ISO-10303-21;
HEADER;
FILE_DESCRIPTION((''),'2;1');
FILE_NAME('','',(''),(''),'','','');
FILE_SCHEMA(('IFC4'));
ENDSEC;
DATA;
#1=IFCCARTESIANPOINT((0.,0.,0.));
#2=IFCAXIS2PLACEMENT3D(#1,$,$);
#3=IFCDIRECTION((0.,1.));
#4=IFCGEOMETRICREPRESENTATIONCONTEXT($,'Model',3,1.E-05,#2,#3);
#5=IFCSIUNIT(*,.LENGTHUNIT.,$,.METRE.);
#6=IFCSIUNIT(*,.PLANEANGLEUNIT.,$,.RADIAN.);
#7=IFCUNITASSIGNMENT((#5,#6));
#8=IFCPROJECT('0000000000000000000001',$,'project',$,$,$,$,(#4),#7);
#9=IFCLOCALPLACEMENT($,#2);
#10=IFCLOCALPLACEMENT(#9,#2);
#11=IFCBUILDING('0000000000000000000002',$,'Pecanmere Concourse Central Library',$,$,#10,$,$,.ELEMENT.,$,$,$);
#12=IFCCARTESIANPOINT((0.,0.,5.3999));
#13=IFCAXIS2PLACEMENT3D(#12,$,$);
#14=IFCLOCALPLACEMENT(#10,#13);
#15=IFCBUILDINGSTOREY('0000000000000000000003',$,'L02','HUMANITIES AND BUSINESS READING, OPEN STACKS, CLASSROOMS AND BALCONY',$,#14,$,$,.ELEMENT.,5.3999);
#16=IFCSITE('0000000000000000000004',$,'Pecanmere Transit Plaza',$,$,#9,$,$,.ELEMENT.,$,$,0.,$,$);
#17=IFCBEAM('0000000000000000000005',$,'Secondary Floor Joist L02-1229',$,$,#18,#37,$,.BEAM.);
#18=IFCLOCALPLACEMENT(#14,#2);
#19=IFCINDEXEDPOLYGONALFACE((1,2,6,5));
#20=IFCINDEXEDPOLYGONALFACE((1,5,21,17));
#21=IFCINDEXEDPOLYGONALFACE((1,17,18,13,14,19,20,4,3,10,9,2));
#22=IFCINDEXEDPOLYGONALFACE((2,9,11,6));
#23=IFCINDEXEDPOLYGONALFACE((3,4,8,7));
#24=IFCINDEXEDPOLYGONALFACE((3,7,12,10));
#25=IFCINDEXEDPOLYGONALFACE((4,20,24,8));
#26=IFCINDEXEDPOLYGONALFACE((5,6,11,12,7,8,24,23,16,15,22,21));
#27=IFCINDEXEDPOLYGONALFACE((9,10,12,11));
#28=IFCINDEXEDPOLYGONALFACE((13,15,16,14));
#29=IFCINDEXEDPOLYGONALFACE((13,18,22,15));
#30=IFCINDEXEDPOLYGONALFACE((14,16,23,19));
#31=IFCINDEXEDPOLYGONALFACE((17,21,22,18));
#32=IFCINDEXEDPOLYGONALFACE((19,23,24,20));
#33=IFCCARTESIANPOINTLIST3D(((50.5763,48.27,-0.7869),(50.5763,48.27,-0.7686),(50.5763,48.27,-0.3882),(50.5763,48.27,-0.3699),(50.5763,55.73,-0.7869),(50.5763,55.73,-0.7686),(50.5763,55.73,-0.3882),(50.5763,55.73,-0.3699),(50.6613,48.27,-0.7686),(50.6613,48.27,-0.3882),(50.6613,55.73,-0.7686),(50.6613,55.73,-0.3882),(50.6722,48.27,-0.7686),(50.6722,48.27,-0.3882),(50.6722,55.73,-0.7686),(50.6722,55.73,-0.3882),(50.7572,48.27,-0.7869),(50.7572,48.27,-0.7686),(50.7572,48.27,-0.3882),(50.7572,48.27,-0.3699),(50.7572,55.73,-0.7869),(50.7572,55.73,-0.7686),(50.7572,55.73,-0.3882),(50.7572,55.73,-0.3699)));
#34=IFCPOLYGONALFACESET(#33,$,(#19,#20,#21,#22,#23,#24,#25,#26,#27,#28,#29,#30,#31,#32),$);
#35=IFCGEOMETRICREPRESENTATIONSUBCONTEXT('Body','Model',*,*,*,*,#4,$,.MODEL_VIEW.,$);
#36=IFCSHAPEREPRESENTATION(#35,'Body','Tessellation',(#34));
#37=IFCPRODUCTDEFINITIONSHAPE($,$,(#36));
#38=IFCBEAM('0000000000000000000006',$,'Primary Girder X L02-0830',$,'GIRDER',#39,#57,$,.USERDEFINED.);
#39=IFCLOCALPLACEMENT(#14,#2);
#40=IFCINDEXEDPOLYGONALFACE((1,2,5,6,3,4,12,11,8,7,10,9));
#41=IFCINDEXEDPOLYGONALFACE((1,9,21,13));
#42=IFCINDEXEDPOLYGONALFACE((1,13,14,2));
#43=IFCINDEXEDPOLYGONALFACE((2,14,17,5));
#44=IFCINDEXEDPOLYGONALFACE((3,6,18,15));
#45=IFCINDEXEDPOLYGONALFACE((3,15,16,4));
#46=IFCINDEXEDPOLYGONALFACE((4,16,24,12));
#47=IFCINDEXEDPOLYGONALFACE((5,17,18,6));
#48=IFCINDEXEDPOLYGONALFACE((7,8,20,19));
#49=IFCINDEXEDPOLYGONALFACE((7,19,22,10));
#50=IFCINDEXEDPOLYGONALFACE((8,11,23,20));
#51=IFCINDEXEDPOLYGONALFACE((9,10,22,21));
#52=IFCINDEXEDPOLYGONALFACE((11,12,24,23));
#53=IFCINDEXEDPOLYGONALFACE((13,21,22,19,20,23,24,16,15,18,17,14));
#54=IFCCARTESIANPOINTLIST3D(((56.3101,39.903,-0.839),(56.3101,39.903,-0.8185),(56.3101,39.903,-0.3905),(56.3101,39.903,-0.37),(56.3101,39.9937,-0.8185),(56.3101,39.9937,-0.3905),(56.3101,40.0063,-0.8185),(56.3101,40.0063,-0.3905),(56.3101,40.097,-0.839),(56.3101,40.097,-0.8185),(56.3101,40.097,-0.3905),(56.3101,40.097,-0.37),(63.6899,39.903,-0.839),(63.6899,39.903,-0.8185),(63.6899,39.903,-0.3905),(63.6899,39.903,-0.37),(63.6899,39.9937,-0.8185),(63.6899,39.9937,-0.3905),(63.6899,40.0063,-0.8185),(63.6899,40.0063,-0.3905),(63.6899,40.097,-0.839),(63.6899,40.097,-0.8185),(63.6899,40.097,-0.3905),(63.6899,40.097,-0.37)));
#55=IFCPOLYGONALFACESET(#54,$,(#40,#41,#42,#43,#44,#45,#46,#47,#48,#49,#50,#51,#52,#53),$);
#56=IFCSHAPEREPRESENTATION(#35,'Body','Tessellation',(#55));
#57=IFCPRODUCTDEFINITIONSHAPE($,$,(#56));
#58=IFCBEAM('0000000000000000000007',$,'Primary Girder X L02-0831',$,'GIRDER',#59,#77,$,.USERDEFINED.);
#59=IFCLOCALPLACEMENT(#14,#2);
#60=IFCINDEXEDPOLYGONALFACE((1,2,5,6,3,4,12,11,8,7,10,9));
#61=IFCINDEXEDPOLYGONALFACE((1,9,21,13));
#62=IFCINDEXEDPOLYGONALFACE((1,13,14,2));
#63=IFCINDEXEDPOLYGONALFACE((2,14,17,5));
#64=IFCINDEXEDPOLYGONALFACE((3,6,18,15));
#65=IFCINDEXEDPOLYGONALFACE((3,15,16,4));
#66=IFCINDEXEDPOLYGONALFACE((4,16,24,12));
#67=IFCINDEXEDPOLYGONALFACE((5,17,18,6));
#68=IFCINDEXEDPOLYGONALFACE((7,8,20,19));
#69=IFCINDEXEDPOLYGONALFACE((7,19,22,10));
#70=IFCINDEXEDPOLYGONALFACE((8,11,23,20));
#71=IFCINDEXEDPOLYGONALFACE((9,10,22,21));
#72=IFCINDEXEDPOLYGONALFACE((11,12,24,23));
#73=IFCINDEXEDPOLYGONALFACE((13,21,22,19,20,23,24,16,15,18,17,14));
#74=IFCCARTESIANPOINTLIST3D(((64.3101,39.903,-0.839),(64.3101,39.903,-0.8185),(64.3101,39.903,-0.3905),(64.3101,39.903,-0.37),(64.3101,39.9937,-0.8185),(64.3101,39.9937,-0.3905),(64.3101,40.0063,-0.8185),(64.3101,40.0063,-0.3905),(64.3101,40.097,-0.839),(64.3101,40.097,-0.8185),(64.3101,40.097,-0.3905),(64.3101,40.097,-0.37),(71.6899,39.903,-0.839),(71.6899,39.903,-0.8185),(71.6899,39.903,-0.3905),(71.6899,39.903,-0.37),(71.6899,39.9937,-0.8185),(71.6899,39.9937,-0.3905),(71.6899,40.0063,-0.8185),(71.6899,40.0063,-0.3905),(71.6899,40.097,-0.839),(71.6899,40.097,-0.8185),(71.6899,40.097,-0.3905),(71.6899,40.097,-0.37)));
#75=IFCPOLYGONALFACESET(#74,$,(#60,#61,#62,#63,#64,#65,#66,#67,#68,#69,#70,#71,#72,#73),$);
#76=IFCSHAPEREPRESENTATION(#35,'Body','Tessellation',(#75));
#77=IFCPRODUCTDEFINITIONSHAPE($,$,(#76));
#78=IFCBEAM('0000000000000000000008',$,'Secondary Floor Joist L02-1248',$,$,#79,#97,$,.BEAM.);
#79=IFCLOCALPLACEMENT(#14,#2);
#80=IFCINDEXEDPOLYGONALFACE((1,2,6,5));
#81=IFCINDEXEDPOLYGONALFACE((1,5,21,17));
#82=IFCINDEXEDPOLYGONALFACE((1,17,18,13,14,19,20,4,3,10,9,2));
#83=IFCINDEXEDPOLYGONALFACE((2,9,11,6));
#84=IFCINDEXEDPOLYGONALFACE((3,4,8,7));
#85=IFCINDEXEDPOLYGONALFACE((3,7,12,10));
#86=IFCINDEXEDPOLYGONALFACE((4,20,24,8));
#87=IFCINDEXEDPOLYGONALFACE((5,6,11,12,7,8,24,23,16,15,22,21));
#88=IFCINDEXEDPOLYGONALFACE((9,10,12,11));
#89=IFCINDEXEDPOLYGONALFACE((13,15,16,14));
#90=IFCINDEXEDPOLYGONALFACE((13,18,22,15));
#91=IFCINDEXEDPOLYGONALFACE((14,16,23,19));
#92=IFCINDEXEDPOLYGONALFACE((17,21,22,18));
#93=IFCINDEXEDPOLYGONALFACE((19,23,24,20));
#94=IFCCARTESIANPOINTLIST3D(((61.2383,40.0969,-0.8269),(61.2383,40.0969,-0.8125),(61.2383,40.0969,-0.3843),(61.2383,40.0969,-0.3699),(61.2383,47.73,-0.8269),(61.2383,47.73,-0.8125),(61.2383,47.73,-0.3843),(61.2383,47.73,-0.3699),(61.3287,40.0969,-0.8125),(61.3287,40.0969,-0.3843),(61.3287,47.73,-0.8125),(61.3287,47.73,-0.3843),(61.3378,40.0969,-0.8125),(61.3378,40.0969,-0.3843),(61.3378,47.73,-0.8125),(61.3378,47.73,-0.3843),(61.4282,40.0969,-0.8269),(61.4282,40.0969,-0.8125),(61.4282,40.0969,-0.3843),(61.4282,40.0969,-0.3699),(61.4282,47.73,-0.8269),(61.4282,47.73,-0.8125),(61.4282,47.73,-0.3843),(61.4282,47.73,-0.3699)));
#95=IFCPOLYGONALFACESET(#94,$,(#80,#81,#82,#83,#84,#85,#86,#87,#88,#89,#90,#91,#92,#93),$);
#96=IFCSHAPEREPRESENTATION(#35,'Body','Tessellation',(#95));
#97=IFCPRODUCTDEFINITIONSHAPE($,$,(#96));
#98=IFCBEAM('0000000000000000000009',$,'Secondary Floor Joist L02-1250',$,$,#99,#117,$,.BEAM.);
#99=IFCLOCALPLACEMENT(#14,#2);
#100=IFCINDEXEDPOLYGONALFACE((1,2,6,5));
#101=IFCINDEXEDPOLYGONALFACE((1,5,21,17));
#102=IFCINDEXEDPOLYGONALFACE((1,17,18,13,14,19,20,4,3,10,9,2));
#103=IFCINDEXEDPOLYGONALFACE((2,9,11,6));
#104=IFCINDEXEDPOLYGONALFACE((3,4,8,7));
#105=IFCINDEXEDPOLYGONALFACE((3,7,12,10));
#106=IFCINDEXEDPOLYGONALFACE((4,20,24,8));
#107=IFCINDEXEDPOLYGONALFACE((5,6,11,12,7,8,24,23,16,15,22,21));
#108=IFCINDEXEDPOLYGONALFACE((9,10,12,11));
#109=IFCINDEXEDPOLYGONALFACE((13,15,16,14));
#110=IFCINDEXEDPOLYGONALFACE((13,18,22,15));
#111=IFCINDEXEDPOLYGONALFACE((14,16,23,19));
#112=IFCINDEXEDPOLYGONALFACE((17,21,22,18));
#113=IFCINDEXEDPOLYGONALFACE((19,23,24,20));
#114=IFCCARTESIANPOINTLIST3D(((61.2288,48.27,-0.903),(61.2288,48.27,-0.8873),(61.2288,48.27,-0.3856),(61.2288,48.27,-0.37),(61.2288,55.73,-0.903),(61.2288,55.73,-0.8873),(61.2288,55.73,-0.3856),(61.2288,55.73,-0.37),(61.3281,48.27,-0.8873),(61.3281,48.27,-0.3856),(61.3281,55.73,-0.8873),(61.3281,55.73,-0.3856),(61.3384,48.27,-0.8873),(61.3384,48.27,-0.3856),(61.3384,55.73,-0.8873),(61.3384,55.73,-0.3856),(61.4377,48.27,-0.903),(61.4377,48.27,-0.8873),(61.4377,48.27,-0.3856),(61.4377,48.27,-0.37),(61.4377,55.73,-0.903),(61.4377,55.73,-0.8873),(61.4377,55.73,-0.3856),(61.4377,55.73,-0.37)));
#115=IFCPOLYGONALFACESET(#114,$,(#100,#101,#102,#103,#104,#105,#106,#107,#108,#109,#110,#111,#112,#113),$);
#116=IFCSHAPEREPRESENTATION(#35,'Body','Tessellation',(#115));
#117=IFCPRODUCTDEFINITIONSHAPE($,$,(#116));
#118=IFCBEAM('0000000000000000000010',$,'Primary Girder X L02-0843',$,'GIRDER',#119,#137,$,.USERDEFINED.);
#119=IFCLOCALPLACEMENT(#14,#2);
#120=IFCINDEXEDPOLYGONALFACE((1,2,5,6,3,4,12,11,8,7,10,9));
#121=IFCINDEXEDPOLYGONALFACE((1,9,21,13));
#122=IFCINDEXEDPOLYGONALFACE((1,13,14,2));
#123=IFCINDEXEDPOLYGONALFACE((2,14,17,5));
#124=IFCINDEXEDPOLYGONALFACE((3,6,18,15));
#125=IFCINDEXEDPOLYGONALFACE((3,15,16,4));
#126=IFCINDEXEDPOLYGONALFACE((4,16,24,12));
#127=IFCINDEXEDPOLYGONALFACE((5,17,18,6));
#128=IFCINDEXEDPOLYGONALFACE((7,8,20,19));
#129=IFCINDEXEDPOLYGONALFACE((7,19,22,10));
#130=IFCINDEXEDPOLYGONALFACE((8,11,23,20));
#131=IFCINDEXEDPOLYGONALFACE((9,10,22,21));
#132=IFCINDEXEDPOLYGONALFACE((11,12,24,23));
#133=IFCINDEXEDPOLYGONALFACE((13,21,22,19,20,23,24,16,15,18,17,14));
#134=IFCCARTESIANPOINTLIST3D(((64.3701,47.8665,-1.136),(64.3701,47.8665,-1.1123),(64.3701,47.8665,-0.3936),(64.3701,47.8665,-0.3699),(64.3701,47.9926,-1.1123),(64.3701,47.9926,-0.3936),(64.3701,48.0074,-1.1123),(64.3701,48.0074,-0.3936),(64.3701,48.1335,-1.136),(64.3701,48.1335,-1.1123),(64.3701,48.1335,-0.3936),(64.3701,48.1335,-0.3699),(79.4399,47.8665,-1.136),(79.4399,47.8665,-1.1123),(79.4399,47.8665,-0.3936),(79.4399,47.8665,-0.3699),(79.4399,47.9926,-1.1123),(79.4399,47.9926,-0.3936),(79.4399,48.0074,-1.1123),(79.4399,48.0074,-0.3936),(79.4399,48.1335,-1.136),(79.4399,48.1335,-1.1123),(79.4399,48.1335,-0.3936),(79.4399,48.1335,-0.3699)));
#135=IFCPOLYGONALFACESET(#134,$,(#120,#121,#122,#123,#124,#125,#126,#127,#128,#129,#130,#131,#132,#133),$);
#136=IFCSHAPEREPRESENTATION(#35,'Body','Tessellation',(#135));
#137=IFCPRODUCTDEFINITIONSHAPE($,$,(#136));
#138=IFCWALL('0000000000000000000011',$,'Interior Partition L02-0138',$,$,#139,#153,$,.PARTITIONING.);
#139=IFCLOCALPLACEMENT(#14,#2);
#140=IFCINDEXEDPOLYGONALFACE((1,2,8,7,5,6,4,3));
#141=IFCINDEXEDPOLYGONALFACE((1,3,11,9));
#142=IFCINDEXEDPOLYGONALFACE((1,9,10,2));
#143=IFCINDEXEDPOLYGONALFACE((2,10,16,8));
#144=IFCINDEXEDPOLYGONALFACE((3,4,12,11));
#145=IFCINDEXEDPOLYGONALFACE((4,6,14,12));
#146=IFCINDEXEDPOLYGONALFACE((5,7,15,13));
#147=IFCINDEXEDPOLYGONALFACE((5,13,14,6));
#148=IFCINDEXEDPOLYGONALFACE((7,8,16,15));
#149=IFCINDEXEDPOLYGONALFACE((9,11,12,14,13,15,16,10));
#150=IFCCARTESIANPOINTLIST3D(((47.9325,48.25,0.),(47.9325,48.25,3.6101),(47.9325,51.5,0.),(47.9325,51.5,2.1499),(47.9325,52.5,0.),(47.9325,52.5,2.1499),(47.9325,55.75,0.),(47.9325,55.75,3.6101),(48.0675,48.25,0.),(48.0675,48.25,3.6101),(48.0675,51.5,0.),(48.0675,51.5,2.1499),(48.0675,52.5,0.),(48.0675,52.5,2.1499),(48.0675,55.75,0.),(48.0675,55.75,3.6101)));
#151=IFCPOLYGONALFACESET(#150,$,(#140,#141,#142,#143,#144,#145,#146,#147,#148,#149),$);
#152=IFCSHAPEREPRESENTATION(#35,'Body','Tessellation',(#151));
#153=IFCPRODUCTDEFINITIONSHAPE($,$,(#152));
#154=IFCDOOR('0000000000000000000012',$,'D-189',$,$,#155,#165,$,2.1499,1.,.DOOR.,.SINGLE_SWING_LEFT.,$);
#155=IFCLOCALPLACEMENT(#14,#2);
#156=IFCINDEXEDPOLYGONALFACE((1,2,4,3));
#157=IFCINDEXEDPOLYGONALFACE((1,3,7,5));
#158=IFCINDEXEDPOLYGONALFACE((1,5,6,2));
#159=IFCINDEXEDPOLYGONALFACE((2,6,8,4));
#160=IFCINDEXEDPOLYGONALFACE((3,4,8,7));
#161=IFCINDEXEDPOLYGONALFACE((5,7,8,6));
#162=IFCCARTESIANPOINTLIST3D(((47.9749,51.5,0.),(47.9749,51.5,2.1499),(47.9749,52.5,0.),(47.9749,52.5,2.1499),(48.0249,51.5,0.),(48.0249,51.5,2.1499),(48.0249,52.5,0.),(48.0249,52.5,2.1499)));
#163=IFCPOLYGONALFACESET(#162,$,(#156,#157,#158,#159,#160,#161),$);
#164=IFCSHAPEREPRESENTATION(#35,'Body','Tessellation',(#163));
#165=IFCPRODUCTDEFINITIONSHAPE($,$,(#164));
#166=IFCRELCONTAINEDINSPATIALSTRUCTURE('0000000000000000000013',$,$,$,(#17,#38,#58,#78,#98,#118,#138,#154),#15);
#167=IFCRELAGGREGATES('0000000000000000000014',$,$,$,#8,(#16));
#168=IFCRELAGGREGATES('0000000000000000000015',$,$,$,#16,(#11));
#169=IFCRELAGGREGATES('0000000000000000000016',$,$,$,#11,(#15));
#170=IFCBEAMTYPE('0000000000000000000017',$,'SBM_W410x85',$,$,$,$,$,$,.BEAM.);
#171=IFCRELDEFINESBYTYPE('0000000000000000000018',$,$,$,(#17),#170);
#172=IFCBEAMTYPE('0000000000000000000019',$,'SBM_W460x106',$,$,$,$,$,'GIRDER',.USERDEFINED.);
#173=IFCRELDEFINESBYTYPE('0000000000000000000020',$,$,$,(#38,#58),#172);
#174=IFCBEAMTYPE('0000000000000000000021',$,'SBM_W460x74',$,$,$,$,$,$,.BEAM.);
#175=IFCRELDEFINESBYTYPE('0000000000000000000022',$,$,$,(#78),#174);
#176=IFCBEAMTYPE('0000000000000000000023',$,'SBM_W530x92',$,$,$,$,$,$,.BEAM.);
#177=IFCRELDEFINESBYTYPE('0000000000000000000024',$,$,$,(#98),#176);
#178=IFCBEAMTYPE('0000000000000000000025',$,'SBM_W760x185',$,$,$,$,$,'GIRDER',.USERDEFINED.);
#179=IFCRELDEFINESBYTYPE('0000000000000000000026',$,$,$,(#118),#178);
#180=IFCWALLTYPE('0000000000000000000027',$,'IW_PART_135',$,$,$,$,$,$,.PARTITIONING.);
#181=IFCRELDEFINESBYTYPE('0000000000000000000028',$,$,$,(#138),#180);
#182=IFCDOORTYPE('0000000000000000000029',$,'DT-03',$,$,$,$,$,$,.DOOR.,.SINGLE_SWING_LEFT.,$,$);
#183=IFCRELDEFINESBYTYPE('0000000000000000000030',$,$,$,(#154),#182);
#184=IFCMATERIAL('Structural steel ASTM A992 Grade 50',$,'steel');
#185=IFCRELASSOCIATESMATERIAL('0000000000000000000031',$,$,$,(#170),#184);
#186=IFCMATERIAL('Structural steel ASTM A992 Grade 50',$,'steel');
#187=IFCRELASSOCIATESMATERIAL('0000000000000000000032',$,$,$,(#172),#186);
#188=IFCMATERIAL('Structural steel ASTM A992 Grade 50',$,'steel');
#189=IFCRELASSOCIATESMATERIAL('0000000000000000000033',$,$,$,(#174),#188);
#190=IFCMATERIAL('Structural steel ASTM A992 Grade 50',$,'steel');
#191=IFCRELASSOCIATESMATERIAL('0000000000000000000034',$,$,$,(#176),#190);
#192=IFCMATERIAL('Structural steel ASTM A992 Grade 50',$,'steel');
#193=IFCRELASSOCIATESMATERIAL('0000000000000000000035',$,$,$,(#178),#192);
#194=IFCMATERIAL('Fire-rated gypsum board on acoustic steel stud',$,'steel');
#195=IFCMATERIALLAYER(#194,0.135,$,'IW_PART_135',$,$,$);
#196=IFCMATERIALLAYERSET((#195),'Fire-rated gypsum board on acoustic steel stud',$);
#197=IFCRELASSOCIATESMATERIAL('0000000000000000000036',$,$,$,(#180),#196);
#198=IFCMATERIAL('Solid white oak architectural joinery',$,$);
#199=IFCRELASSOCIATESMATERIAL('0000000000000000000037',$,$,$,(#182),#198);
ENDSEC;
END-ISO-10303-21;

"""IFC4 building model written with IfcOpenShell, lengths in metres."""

from ifc_helpers import new_model, si_unit, direction, frame, frame_2d, origin, origin_2d, place, context, subcontext, project, spatial, rectangle, i_section, extrude, material, layer, layer_set, material_profile, profile_set, type_object, element, fill, save


model = new_model("IFC4")

# Units and contexts
model_context = context("Model", 3, precision=1e-05, world=origin(), true_north=direction((0.0, 1.0)))
body_context = subcontext(model_context, "Body", "Model", "MODEL_VIEW")
ifc_project = project(units=[si_unit("LENGTHUNIT", "METRE"), si_unit("PLANEANGLEUNIT", "RADIAN")], contexts=[model_context])

# Site, building, storey
site_placement = place(None, origin())
site = spatial("IfcSite", under=ifc_project, at=site_placement, Name="Pecanmere Transit Plaza", CompositionType="ELEMENT", RefElevation=0.0)
building_placement = place(site_placement, origin())
building = spatial("IfcBuilding", under=site, at=building_placement, Name="Pecanmere Concourse Central Library", CompositionType="ELEMENT")
storey_placement = place(building_placement, frame((0.0, 0.0, 5.3999)))
storey = spatial("IfcBuildingStorey", under=building, at=storey_placement, Name="L02", Description="HUMANITIES AND BUSINESS READING, OPEN STACKS, CLASSROOMS AND BALCONY", CompositionType="ELEMENT", Elevation=5.3999)

# Beams
ifc_material_1 = material(Name="Structural steel ASTM A992 Grade 50", Category="steel")
ifc_material_profile_1 = material_profile(ifc_material_1, i_section(OverallWidth=0.1809, OverallDepth=0.417, WebThickness=0.011, FlangeThickness=0.0183, at=origin_2d()), Name="W410x85")
ifc_profile_set_1 = profile_set([ifc_material_profile_1], Name="Structural steel ASTM A992 Grade 50")
beam_type_1 = type_object("IfcBeamType", Name="SBM_W410x85", PredefinedType="BEAM", material=ifc_profile_set_1)
beam_1_placement = place(storey_placement, frame((50.6667, 48.27, -0.5784), z_axis=(0.0, 1.0, 0.0), x_axis=(-1.0, 0.0, 0.0)))
element("IfcBeam", 1, at=beam_1_placement, inside=storey, type_object=beam_type_1, Name="Secondary Floor Joist L02-1229", PredefinedType="BEAM", context=body_context, shape_type="SweptSolid", body=[
    extrude(i_section(OverallWidth=0.1809, OverallDepth=0.417, WebThickness=0.011, FlangeThickness=0.0183, at=origin_2d()), origin(), (0.0, 0.0, 1.0), 7.46),
])
ifc_material_2 = material(Name="Structural steel ASTM A992 Grade 50", Category="steel")
ifc_material_profile_2 = material_profile(ifc_material_2, i_section(OverallWidth=0.1941, OverallDepth=0.469, WebThickness=0.0127, FlangeThickness=0.0205, at=origin_2d()), Name="W460x106")
ifc_profile_set_2 = profile_set([ifc_material_profile_2], Name="Structural steel ASTM A992 Grade 50")
beam_type_2 = type_object("IfcBeamType", Name="SBM_W460x106", ElementType="GIRDER", PredefinedType="USERDEFINED", material=ifc_profile_set_2)
for number, where, z_axis, x_axis, name in (
    (2, (56.3101, 40.0, -0.6045), (1.0, 0.0, 0.0), (0.0, 1.0, 0.0), "Primary Girder X L02-0830"),
    (3, (64.3101, 40.0, -0.6045), (1.0, 0.0, 0.0), (0.0, 1.0, 0.0), "Primary Girder X L02-0831"),
):
    element("IfcBeam", number, at=place(storey_placement, frame(where, z_axis=z_axis, x_axis=x_axis)), inside=storey, type_object=beam_type_2, Name=name, ObjectType="GIRDER", PredefinedType="USERDEFINED", context=body_context, shape_type="SweptSolid", body=[
        extrude(i_section(OverallWidth=0.1941, OverallDepth=0.469, WebThickness=0.0127, FlangeThickness=0.0205, at=origin_2d()), origin(), (0.0, 0.0, 1.0), 7.3799),
    ])
ifc_material_3 = material(Name="Structural steel ASTM A992 Grade 50", Category="steel")
ifc_material_profile_3 = material_profile(ifc_material_3, i_section(OverallWidth=0.1899, OverallDepth=0.457, WebThickness=0.009, FlangeThickness=0.0144, at=origin_2d()), Name="W460x74")
ifc_profile_set_3 = profile_set([ifc_material_profile_3], Name="Structural steel ASTM A992 Grade 50")
beam_type_3 = type_object("IfcBeamType", Name="SBM_W460x74", PredefinedType="BEAM", material=ifc_profile_set_3)
beam_2_placement = place(storey_placement, frame((61.3333, 40.0969, -0.5984), z_axis=(0.0, 1.0, 0.0), x_axis=(-1.0, 0.0, 0.0)))
element("IfcBeam", 4, at=beam_2_placement, inside=storey, type_object=beam_type_3, Name="Secondary Floor Joist L02-1248", PredefinedType="BEAM", context=body_context, shape_type="SweptSolid", body=[
    extrude(i_section(OverallWidth=0.1899, OverallDepth=0.457, WebThickness=0.009, FlangeThickness=0.0144, at=origin_2d()), origin(), (0.0, 0.0, 1.0), 7.6331),
])
ifc_material_4 = material(Name="Structural steel ASTM A992 Grade 50", Category="steel")
ifc_material_profile_4 = material_profile(ifc_material_4, i_section(OverallWidth=0.209, OverallDepth=0.533, WebThickness=0.0103, FlangeThickness=0.0156, at=origin_2d()), Name="W530x92")
ifc_profile_set_4 = profile_set([ifc_material_profile_4], Name="Structural steel ASTM A992 Grade 50")
beam_type_4 = type_object("IfcBeamType", Name="SBM_W530x92", PredefinedType="BEAM", material=ifc_profile_set_4)
beam_3_placement = place(storey_placement, frame((61.3333, 48.27, -0.6365), z_axis=(0.0, 1.0, 0.0), x_axis=(-1.0, 0.0, 0.0)))
element("IfcBeam", 5, at=beam_3_placement, inside=storey, type_object=beam_type_4, Name="Secondary Floor Joist L02-1250", PredefinedType="BEAM", context=body_context, shape_type="SweptSolid", body=[
    extrude(i_section(OverallWidth=0.209, OverallDepth=0.533, WebThickness=0.0103, FlangeThickness=0.0156, at=origin_2d()), origin(), (0.0, 0.0, 1.0), 7.46),
])
ifc_material_5 = material(Name="Structural steel ASTM A992 Grade 50", Category="steel")
ifc_material_profile_5 = material_profile(ifc_material_5, i_section(OverallWidth=0.2671, OverallDepth=0.7661, WebThickness=0.0149, FlangeThickness=0.0237, at=origin_2d()), Name="W760x185")
ifc_profile_set_5 = profile_set([ifc_material_profile_5], Name="Structural steel ASTM A992 Grade 50")
beam_type_5 = type_object("IfcBeamType", Name="SBM_W760x185", ElementType="GIRDER", PredefinedType="USERDEFINED", material=ifc_profile_set_5)
beam_4_placement = place(storey_placement, frame((64.3701, 48.0, -0.7529), z_axis=(1.0, 0.0, 0.0), x_axis=(0.0, 1.0, 0.0)))
element("IfcBeam", 6, at=beam_4_placement, inside=storey, type_object=beam_type_5, Name="Primary Girder X L02-0843", ObjectType="GIRDER", PredefinedType="USERDEFINED", context=body_context, shape_type="SweptSolid", body=[
    extrude(i_section(OverallWidth=0.2671, OverallDepth=0.7661, WebThickness=0.0149, FlangeThickness=0.0237, at=origin_2d()), origin(), (0.0, 0.0, 1.0), 15.0698),
])

# Wall, opening, door
ifc_material_6 = material(Name="Fire-rated gypsum board on acoustic steel stud", Category="steel")
ifc_layer = layer(ifc_material_6, 0.135, Name="IW_PART_135")
ifc_layer_set = layer_set([ifc_layer], Name="Fire-rated gypsum board on acoustic steel stud")
wall_type = type_object("IfcWallType", Name="IW_PART_135", PredefinedType="PARTITIONING", material=ifc_layer_set)
wall_1_placement = place(storey_placement, frame((48.0, 48.25, 0.0), z_axis=(0.0, 0.0, 1.0), x_axis=(0.0, 1.0, 0.0)))
wall_1 = element("IfcWall", 7, at=wall_1_placement, inside=storey, type_object=wall_type, Name="Interior Partition L02-0138", PredefinedType="PARTITIONING", context=body_context, shape_type="SweptSolid", body=[
    extrude(rectangle(XDim=7.5, YDim=0.135, at=frame_2d((3.75, 0.0))), origin(), (0.0, 0.0, 1.0), 3.6101),
])
opening_placement = place(wall_1_placement, frame((3.25, 0.0, 0.0)))
opening = element("IfcOpeningElement", 8, at=opening_placement, cuts=wall_1, PredefinedType="OPENING", context=body_context, shape_type="SweptSolid", body=[
    extrude(rectangle(XDim=1.0, YDim=2.1499, at=frame_2d((0.5, 1.075))), frame((0.0, 0.0796, 0.0), z_axis=(0.0, -1.0, 0.0), x_axis=(1.0, 0.0, 0.0)), (0.0, 0.0, 1.0), 0.1589),
])
ifc_material_7 = material(Name="Solid white oak architectural joinery")
door_type = type_object("IfcDoorType", Name="DT-03", OperationType="SINGLE_SWING_LEFT", PredefinedType="DOOR", material=ifc_material_7)
door_placement = place(opening_placement, frame((1.0, 0.0, 0.0), z_axis=(0.0, 0.0, 1.0), x_axis=(-1.0, 0.0, 0.0)))
door = element("IfcDoor", 9, at=door_placement, inside=storey, type_object=door_type, Name="D-189", OperationType="SINGLE_SWING_LEFT", OverallHeight=2.1499, OverallWidth=1.0, PredefinedType="DOOR", context=body_context, shape_type="SweptSolid", body=[
    extrude(rectangle(XDim=1.0, YDim=2.1499, at=frame_2d((0.5, 1.075))), frame((0.0, 0.0249, 0.0), z_axis=(0.0, -1.0, 0.0), x_axis=(1.0, 0.0, 0.0)), (0.0, 0.0, 1.0), 0.05),
])
fill(opening, door)

save(model, "model.ifc")
